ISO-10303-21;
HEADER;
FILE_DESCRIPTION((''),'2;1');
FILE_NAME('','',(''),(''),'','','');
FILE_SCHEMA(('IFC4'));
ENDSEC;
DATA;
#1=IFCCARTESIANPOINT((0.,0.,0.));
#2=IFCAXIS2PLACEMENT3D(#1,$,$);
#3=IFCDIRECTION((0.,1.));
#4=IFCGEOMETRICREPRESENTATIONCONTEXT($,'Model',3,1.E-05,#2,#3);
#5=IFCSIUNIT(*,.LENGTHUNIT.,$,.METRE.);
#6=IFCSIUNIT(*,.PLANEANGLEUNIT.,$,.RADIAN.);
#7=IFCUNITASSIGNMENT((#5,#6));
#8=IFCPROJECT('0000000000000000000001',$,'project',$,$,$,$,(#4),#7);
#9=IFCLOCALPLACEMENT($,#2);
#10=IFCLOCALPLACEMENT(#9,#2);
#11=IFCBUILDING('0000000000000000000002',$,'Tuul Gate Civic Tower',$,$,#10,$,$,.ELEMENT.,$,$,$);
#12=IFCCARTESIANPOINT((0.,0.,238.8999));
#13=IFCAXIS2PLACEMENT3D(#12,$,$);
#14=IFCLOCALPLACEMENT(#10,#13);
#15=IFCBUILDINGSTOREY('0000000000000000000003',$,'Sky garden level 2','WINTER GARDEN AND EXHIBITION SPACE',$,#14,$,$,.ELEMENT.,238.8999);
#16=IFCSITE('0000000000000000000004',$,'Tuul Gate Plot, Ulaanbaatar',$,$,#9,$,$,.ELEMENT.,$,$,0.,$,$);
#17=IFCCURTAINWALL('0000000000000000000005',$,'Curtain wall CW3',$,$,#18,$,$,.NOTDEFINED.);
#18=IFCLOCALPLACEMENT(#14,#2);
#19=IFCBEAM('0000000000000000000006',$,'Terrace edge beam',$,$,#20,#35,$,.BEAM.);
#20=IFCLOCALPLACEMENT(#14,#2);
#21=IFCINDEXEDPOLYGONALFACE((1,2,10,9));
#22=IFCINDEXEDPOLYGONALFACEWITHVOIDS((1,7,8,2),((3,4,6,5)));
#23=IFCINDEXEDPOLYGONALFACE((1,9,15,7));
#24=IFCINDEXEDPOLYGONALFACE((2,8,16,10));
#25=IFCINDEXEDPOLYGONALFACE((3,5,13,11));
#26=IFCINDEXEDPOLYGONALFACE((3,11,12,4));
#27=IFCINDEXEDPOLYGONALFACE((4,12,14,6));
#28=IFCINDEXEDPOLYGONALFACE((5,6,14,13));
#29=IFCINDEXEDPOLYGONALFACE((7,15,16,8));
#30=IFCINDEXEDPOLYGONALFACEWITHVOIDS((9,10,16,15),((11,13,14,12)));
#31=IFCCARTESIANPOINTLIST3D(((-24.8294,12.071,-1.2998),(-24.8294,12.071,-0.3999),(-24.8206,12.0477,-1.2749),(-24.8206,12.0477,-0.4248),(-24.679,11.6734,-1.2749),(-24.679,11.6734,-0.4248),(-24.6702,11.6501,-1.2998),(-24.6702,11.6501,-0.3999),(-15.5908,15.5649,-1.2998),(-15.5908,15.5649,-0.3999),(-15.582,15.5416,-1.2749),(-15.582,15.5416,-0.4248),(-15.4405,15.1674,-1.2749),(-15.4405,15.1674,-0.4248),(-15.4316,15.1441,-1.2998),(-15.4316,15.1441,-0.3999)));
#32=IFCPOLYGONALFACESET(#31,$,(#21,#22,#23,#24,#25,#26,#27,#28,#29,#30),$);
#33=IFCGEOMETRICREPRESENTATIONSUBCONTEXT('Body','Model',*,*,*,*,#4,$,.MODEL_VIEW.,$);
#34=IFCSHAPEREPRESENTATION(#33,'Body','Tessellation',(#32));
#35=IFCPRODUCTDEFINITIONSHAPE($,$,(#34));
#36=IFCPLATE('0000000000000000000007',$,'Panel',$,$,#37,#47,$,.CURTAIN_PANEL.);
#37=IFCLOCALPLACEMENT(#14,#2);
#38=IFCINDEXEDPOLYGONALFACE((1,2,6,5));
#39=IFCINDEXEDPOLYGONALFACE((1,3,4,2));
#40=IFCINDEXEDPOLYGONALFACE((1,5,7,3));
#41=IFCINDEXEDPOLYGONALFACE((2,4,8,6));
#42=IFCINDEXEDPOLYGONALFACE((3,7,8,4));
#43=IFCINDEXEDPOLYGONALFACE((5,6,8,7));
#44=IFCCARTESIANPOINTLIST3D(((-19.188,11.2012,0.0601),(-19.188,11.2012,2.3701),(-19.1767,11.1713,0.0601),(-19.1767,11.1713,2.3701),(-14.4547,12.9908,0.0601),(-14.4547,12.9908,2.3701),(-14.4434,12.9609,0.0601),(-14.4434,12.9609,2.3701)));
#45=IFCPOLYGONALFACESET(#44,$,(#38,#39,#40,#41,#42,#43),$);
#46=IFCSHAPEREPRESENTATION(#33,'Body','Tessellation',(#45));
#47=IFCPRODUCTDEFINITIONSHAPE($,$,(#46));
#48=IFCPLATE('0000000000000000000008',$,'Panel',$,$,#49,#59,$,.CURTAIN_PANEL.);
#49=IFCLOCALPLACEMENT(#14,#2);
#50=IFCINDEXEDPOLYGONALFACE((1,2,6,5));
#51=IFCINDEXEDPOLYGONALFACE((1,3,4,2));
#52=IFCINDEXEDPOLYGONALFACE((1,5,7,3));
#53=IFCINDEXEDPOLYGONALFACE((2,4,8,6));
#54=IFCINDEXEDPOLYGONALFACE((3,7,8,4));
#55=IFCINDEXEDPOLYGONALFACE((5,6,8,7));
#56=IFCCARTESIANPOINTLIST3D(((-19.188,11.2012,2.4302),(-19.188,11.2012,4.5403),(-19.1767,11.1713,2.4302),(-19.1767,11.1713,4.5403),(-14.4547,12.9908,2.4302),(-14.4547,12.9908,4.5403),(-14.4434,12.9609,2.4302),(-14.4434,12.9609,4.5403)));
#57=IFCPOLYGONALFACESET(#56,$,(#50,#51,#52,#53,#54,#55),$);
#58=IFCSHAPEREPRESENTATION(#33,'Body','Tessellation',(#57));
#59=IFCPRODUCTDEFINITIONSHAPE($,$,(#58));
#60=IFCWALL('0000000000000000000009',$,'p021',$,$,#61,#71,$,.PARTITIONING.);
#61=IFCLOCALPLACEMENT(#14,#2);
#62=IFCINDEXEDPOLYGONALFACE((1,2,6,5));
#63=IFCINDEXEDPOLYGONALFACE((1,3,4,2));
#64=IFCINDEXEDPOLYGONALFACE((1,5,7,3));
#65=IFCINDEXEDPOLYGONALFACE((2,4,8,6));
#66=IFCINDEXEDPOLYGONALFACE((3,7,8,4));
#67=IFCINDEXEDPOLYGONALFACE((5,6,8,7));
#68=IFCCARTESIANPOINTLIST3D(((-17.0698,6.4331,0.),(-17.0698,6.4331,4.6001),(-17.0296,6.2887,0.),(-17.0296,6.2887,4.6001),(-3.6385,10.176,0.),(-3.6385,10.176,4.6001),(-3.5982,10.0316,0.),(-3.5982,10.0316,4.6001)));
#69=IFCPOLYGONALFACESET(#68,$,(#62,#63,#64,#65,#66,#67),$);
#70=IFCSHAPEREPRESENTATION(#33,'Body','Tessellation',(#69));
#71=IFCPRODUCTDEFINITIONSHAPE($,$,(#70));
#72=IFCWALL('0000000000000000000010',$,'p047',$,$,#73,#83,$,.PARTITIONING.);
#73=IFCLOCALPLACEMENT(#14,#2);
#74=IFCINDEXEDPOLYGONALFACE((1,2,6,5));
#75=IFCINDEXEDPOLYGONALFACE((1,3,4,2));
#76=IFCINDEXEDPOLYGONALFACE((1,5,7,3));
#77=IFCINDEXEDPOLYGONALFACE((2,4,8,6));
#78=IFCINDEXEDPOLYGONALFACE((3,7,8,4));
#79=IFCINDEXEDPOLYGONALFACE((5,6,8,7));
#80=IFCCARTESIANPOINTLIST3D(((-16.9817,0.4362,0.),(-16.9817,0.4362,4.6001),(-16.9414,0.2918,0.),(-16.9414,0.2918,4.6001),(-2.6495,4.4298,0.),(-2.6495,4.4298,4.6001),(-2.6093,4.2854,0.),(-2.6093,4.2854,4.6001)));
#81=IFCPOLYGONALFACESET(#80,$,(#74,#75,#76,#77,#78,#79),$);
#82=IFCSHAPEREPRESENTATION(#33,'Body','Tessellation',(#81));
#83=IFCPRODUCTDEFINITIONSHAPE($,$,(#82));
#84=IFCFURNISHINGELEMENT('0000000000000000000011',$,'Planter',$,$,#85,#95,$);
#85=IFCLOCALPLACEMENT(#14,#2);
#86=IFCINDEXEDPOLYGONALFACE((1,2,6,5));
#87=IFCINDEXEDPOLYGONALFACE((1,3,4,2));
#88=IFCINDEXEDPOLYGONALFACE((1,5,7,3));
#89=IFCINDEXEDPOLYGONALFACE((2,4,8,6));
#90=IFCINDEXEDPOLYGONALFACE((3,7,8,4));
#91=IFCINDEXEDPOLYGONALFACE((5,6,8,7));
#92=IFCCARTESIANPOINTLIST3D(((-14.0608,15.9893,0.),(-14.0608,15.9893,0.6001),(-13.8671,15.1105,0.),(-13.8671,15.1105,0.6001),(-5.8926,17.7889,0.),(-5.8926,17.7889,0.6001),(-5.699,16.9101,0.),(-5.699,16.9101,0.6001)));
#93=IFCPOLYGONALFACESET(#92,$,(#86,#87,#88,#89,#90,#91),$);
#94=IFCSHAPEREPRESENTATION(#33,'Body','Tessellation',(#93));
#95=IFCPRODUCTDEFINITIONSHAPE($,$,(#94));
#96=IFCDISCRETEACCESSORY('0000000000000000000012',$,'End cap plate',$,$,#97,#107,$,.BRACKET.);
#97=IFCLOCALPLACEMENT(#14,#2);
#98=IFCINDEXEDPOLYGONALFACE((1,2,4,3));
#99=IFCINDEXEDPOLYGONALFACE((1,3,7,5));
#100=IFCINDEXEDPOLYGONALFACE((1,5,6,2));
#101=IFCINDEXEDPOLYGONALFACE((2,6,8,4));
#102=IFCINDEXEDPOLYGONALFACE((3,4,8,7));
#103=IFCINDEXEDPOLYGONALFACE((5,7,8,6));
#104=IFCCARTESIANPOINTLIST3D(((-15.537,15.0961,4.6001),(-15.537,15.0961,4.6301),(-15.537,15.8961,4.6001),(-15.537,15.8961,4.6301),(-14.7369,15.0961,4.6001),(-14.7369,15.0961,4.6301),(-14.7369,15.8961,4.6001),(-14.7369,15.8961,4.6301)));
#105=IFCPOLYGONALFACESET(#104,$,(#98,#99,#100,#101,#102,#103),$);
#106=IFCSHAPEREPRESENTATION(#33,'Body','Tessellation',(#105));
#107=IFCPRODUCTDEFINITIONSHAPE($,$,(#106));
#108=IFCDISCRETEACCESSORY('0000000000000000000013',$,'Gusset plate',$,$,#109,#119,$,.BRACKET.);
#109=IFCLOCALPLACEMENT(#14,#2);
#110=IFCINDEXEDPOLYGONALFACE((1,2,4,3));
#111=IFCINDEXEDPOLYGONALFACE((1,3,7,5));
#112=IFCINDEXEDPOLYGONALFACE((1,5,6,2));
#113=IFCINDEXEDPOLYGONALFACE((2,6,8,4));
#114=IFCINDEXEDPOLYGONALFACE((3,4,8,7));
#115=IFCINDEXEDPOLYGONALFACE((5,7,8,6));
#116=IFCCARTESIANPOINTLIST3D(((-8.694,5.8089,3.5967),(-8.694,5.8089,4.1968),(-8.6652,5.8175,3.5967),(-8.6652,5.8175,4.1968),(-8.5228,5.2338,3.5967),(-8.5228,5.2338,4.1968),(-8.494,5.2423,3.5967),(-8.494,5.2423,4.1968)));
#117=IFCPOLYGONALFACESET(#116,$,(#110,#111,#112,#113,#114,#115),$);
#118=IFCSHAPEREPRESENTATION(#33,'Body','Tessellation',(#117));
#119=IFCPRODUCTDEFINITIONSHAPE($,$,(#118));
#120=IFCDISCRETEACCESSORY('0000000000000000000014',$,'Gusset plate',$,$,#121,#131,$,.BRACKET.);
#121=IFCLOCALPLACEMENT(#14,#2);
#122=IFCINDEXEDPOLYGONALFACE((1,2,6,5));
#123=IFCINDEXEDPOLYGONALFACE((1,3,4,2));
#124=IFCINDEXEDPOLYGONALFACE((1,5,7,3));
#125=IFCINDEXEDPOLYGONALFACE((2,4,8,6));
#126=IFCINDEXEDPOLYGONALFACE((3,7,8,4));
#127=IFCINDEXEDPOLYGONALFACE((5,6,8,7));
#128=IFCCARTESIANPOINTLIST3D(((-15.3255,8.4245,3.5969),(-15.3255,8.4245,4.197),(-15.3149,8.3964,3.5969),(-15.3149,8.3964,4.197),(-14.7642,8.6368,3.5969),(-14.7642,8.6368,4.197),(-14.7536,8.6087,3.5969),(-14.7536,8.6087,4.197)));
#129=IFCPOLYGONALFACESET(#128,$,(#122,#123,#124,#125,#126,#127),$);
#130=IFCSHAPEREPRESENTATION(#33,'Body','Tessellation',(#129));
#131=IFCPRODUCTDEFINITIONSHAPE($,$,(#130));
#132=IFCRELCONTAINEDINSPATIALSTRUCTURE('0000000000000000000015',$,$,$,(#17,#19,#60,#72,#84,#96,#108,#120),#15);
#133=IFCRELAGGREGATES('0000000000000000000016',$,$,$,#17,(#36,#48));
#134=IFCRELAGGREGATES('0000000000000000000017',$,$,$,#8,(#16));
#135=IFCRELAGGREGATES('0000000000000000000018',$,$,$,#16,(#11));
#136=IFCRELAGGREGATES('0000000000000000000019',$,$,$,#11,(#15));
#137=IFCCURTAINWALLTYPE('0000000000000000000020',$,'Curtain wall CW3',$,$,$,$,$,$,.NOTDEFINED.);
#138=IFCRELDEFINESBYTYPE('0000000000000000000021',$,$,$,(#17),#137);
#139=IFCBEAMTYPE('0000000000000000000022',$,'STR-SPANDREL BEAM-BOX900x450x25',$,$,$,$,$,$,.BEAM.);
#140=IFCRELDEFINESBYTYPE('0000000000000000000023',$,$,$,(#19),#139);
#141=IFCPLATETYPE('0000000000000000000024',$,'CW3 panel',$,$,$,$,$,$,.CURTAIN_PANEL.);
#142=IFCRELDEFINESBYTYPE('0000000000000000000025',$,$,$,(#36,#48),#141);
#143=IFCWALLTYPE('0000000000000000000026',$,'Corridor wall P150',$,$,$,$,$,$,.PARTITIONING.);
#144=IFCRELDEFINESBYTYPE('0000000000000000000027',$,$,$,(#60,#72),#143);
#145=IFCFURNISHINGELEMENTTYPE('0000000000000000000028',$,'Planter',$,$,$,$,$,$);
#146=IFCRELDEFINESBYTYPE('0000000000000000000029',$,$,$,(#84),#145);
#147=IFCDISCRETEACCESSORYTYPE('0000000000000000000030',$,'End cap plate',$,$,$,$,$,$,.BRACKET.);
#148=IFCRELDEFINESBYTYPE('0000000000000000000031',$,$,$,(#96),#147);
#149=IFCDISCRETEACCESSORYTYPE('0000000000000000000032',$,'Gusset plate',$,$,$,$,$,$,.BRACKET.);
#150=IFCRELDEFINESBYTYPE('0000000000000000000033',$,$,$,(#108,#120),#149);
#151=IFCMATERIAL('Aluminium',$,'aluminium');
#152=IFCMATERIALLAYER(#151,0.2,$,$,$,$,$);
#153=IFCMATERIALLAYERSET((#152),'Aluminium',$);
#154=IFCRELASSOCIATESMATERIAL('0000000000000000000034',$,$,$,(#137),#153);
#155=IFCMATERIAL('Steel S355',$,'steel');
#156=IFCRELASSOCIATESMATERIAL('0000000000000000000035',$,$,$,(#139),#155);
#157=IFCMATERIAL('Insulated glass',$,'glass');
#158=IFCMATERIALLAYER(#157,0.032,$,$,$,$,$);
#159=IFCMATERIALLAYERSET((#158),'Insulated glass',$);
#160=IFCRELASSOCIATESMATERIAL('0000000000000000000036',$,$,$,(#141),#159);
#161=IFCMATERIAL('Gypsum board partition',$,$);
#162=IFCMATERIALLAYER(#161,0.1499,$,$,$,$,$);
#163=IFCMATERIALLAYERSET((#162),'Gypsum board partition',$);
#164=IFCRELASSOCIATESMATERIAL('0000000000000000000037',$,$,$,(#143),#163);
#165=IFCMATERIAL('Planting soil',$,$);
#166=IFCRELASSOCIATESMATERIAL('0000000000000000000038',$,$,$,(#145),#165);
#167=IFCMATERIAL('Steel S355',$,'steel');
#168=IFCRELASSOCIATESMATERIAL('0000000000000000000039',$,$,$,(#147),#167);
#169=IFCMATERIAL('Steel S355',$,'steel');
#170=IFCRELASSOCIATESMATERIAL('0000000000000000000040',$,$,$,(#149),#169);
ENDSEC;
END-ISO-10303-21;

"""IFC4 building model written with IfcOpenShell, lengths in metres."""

from ifc_helpers import new_model, si_unit, direction, frame, frame_2d, origin, origin_2d, place, context, subcontext, project, spatial, rectangle, hollow_rectangle, extrude, material, layer, layer_set, material_profile, profile_set, type_object, element, aggregate, save


model = new_model("IFC4")

# Units and contexts
model_context = context("Model", 3, precision=1e-05, world=origin(), true_north=direction((0.0, 1.0)))
body_context = subcontext(model_context, "Body", "Model", "MODEL_VIEW")
ifc_project = project(units=[si_unit("LENGTHUNIT", "METRE"), si_unit("PLANEANGLEUNIT", "RADIAN")], contexts=[model_context])

# Site, building, storey
site_placement = place(None, origin())
site = spatial("IfcSite", under=ifc_project, at=site_placement, Name="Tuul Gate Plot, Ulaanbaatar", CompositionType="ELEMENT", RefElevation=0.0)
building_placement = place(site_placement, origin())
building = spatial("IfcBuilding", under=site, at=building_placement, Name="Tuul Gate Civic Tower", CompositionType="ELEMENT")
storey_placement = place(building_placement, frame((0.0, 0.0, 238.8999)))
storey = spatial("IfcBuildingStorey", under=building, at=storey_placement, Name="Sky garden level 2", Description="WINTER GARDEN AND EXHIBITION SPACE", CompositionType="ELEMENT", Elevation=238.8999)

# Curtain wall
ifc_material_1 = material(Name="Aluminium", Category="aluminium")
ifc_layer_1 = layer(ifc_material_1, 0.2)
ifc_layer_set_1 = layer_set([ifc_layer_1], Name="Aluminium")
curtain_wall_type = type_object("IfcCurtainWallType", Name="Curtain wall CW3", PredefinedType="NOTDEFINED", material=ifc_layer_set_1)
curtain_wall_placement = place(storey_placement, origin())
curtain_wall = element("IfcCurtainWall", 1, at=curtain_wall_placement, inside=storey, type_object=curtain_wall_type, Name="Curtain wall CW3", PredefinedType="NOTDEFINED")

# Beam
ifc_material_2 = material(Name="Steel S355", Category="steel")
ifc_material_profile_1 = material_profile(ifc_material_2, hollow_rectangle(XDim=0.45, YDim=0.8999, WallThickness=0.0249, at=origin_2d()), Name="BOX900x450x25")
ifc_profile_set_1 = profile_set([ifc_material_profile_1], Name="Steel S355")
beam_type_1 = type_object("IfcBeamType", Name="STR-SPANDREL BEAM-BOX900x450x25", PredefinedType="BEAM", material=ifc_profile_set_1)
for number, where, z_axis, x_axis, name in (
    (2, (-15.5112, 15.3545, -0.8499), (-0.935345, -0.353736, 0.0), (0.353736, -0.935345, 0.0), "Terrace edge beam"),
):
    element("IfcBeam", number, at=place(storey_placement, frame(where, z_axis=z_axis, x_axis=x_axis)), inside=storey, type_object=beam_type_1, Name=name, PredefinedType="BEAM", context=body_context, shape_type="SweptSolid", body=[
        extrude(hollow_rectangle(XDim=0.45, YDim=0.8999, WallThickness=0.0249, at=origin_2d()), origin(), (0.0, 0.0, 1.0), 9.8772),
    ])

# Plates
ifc_material_3 = material(Name="Insulated glass", Category="glass")
ifc_layer_2 = layer(ifc_material_3, 0.032)
ifc_layer_set_2 = layer_set([ifc_layer_2], Name="Insulated glass")
plate_type = type_object("IfcPlateType", Name="CW3 panel", PredefinedType="CURTAIN_PANEL", material=ifc_layer_set_2)
plate_1_placement = place(storey_placement, frame((-16.8157, 12.0811, 0.0601), z_axis=(0.0, 0.0, 1.0), x_axis=(-0.935372, -0.353665, 0.0)))
plate_1 = element("IfcPlate", 3, at=plate_1_placement, type_object=plate_type, Name="Panel", PredefinedType="CURTAIN_PANEL", context=body_context, shape_type="SweptSolid", body=[
    extrude(rectangle(XDim=5.0603, YDim=0.032, at=origin_2d()), origin(), (0.0, 0.0, 1.0), 2.3101),
])
plate_2_placement = place(storey_placement, frame((-16.8157, 12.0811, 2.4302), z_axis=(0.0, 0.0, 1.0), x_axis=(-0.935372, -0.353665, 0.0)))
plate_2 = element("IfcPlate", 4, at=plate_2_placement, type_object=plate_type, Name="Panel", PredefinedType="CURTAIN_PANEL", context=body_context, shape_type="SweptSolid", body=[
    extrude(rectangle(XDim=5.0603, YDim=0.032, at=origin_2d()), origin(), (0.0, 0.0, 1.0), 2.1101),
])
aggregate(curtain_wall, [plate_1, plate_2])

# Walls
ifc_material_4 = material(Name="Gypsum board partition")
ifc_layer_3 = layer(ifc_material_4, 0.1499)
ifc_layer_set_3 = layer_set([ifc_layer_3], Name="Gypsum board partition")
wall_type_1 = type_object("IfcWallType", Name="Corridor wall P150", PredefinedType="PARTITIONING", material=ifc_layer_set_3)
wall_1_placement = place(storey_placement, frame((-17.0498, 6.3608, 0.0), z_axis=(0.0, 0.0, 1.0), x_axis=(0.963296, 0.268441, 0.0)))
element("IfcWall", 5, at=wall_1_placement, inside=storey, type_object=wall_type_1, Name="p021", PredefinedType="PARTITIONING", context=body_context, shape_type="SweptSolid", body=[
    extrude(rectangle(XDim=13.9431, YDim=0.1499, at=frame_2d((6.9717, 0.0))), origin(), (0.0, 0.0, 1.0), 4.6001),
])
wall_2_placement = place(storey_placement, frame((-16.9614, 0.364, 0.0), z_axis=(0.0, 0.0, 1.0), x_axis=(0.963302, 0.268422, 0.0)))
element("IfcWall", 6, at=wall_2_placement, inside=storey, type_object=wall_type_1, Name="p047", PredefinedType="PARTITIONING", context=body_context, shape_type="SweptSolid", body=[
    extrude(rectangle(XDim=14.8782, YDim=0.1499, at=frame_2d((7.439, 0.0))), origin(), (0.0, 0.0, 1.0), 4.6001),
])

# Furnishing element
ifc_material_5 = material(Name="Planting soil")
furnishing_element_type = type_object("IfcFurnishingElementType", Name="Planter", material=ifc_material_5)
furnishing_placement = place(storey_placement, frame((-9.8799, 16.4497, 0.0), z_axis=(0.0, 0.0, 1.0), x_axis=(-0.976579, -0.21516, 0.0)))
element("IfcFurnishingElement", 7, at=furnishing_placement, inside=storey, type_object=furnishing_element_type, Name="Planter", context=body_context, shape_type="SweptSolid", body=[
    extrude(rectangle(XDim=8.364, YDim=0.8999, at=origin_2d()), origin(), (0.0, 0.0, 1.0), 0.6001),
])

# Discrete accessories
ifc_material_6 = material(Name="Steel S355", Category="steel")
discrete_accessory_type_1 = type_object("IfcDiscreteAccessoryType", Name="End cap plate", PredefinedType="BRACKET", material=ifc_material_6)
discrete_accessory_placement = place(storey_placement, frame((-15.137, 15.4961, 4.6001), z_axis=(0.0, 0.0, 1.0), x_axis=(1.0, 0.0, 0.0)))
element("IfcDiscreteAccessory", 8, at=discrete_accessory_placement, inside=storey, type_object=discrete_accessory_type_1, Name="End cap plate", PredefinedType="BRACKET", context=body_context, shape_type="SweptSolid", body=[
    extrude(rectangle(XDim=0.8, YDim=0.8, at=origin_2d()), origin(), (0.0, 0.0, 1.0), 0.03),
])
ifc_material_7 = material(Name="Steel S355", Category="steel")
discrete_accessory_type_2 = type_object("IfcDiscreteAccessoryType", Name="Gusset plate", PredefinedType="BRACKET", material=ifc_material_7)
for number, where, z_axis, x_axis, name in (
    (9, (-8.594, 5.5256, 3.5967), (0.0, 0.0, 1.0), (-0.285212, 0.958464, 0.0), "Gusset plate"),
    (10, (-15.0396, 8.5166, 3.5969), (0.0, 0.0, 1.0), (0.935344, 0.353739, 0.0), "Gusset plate"),
):
    element("IfcDiscreteAccessory", number, at=place(storey_placement, frame(where, z_axis=z_axis, x_axis=x_axis)), inside=storey, type_object=discrete_accessory_type_2, Name=name, PredefinedType="BRACKET", context=body_context, shape_type="SweptSolid", body=[
        extrude(rectangle(XDim=0.6001, YDim=0.03, at=origin_2d()), origin(), (0.0, 0.0, 1.0), 0.6001),
    ])

save(model, "model.ifc")
